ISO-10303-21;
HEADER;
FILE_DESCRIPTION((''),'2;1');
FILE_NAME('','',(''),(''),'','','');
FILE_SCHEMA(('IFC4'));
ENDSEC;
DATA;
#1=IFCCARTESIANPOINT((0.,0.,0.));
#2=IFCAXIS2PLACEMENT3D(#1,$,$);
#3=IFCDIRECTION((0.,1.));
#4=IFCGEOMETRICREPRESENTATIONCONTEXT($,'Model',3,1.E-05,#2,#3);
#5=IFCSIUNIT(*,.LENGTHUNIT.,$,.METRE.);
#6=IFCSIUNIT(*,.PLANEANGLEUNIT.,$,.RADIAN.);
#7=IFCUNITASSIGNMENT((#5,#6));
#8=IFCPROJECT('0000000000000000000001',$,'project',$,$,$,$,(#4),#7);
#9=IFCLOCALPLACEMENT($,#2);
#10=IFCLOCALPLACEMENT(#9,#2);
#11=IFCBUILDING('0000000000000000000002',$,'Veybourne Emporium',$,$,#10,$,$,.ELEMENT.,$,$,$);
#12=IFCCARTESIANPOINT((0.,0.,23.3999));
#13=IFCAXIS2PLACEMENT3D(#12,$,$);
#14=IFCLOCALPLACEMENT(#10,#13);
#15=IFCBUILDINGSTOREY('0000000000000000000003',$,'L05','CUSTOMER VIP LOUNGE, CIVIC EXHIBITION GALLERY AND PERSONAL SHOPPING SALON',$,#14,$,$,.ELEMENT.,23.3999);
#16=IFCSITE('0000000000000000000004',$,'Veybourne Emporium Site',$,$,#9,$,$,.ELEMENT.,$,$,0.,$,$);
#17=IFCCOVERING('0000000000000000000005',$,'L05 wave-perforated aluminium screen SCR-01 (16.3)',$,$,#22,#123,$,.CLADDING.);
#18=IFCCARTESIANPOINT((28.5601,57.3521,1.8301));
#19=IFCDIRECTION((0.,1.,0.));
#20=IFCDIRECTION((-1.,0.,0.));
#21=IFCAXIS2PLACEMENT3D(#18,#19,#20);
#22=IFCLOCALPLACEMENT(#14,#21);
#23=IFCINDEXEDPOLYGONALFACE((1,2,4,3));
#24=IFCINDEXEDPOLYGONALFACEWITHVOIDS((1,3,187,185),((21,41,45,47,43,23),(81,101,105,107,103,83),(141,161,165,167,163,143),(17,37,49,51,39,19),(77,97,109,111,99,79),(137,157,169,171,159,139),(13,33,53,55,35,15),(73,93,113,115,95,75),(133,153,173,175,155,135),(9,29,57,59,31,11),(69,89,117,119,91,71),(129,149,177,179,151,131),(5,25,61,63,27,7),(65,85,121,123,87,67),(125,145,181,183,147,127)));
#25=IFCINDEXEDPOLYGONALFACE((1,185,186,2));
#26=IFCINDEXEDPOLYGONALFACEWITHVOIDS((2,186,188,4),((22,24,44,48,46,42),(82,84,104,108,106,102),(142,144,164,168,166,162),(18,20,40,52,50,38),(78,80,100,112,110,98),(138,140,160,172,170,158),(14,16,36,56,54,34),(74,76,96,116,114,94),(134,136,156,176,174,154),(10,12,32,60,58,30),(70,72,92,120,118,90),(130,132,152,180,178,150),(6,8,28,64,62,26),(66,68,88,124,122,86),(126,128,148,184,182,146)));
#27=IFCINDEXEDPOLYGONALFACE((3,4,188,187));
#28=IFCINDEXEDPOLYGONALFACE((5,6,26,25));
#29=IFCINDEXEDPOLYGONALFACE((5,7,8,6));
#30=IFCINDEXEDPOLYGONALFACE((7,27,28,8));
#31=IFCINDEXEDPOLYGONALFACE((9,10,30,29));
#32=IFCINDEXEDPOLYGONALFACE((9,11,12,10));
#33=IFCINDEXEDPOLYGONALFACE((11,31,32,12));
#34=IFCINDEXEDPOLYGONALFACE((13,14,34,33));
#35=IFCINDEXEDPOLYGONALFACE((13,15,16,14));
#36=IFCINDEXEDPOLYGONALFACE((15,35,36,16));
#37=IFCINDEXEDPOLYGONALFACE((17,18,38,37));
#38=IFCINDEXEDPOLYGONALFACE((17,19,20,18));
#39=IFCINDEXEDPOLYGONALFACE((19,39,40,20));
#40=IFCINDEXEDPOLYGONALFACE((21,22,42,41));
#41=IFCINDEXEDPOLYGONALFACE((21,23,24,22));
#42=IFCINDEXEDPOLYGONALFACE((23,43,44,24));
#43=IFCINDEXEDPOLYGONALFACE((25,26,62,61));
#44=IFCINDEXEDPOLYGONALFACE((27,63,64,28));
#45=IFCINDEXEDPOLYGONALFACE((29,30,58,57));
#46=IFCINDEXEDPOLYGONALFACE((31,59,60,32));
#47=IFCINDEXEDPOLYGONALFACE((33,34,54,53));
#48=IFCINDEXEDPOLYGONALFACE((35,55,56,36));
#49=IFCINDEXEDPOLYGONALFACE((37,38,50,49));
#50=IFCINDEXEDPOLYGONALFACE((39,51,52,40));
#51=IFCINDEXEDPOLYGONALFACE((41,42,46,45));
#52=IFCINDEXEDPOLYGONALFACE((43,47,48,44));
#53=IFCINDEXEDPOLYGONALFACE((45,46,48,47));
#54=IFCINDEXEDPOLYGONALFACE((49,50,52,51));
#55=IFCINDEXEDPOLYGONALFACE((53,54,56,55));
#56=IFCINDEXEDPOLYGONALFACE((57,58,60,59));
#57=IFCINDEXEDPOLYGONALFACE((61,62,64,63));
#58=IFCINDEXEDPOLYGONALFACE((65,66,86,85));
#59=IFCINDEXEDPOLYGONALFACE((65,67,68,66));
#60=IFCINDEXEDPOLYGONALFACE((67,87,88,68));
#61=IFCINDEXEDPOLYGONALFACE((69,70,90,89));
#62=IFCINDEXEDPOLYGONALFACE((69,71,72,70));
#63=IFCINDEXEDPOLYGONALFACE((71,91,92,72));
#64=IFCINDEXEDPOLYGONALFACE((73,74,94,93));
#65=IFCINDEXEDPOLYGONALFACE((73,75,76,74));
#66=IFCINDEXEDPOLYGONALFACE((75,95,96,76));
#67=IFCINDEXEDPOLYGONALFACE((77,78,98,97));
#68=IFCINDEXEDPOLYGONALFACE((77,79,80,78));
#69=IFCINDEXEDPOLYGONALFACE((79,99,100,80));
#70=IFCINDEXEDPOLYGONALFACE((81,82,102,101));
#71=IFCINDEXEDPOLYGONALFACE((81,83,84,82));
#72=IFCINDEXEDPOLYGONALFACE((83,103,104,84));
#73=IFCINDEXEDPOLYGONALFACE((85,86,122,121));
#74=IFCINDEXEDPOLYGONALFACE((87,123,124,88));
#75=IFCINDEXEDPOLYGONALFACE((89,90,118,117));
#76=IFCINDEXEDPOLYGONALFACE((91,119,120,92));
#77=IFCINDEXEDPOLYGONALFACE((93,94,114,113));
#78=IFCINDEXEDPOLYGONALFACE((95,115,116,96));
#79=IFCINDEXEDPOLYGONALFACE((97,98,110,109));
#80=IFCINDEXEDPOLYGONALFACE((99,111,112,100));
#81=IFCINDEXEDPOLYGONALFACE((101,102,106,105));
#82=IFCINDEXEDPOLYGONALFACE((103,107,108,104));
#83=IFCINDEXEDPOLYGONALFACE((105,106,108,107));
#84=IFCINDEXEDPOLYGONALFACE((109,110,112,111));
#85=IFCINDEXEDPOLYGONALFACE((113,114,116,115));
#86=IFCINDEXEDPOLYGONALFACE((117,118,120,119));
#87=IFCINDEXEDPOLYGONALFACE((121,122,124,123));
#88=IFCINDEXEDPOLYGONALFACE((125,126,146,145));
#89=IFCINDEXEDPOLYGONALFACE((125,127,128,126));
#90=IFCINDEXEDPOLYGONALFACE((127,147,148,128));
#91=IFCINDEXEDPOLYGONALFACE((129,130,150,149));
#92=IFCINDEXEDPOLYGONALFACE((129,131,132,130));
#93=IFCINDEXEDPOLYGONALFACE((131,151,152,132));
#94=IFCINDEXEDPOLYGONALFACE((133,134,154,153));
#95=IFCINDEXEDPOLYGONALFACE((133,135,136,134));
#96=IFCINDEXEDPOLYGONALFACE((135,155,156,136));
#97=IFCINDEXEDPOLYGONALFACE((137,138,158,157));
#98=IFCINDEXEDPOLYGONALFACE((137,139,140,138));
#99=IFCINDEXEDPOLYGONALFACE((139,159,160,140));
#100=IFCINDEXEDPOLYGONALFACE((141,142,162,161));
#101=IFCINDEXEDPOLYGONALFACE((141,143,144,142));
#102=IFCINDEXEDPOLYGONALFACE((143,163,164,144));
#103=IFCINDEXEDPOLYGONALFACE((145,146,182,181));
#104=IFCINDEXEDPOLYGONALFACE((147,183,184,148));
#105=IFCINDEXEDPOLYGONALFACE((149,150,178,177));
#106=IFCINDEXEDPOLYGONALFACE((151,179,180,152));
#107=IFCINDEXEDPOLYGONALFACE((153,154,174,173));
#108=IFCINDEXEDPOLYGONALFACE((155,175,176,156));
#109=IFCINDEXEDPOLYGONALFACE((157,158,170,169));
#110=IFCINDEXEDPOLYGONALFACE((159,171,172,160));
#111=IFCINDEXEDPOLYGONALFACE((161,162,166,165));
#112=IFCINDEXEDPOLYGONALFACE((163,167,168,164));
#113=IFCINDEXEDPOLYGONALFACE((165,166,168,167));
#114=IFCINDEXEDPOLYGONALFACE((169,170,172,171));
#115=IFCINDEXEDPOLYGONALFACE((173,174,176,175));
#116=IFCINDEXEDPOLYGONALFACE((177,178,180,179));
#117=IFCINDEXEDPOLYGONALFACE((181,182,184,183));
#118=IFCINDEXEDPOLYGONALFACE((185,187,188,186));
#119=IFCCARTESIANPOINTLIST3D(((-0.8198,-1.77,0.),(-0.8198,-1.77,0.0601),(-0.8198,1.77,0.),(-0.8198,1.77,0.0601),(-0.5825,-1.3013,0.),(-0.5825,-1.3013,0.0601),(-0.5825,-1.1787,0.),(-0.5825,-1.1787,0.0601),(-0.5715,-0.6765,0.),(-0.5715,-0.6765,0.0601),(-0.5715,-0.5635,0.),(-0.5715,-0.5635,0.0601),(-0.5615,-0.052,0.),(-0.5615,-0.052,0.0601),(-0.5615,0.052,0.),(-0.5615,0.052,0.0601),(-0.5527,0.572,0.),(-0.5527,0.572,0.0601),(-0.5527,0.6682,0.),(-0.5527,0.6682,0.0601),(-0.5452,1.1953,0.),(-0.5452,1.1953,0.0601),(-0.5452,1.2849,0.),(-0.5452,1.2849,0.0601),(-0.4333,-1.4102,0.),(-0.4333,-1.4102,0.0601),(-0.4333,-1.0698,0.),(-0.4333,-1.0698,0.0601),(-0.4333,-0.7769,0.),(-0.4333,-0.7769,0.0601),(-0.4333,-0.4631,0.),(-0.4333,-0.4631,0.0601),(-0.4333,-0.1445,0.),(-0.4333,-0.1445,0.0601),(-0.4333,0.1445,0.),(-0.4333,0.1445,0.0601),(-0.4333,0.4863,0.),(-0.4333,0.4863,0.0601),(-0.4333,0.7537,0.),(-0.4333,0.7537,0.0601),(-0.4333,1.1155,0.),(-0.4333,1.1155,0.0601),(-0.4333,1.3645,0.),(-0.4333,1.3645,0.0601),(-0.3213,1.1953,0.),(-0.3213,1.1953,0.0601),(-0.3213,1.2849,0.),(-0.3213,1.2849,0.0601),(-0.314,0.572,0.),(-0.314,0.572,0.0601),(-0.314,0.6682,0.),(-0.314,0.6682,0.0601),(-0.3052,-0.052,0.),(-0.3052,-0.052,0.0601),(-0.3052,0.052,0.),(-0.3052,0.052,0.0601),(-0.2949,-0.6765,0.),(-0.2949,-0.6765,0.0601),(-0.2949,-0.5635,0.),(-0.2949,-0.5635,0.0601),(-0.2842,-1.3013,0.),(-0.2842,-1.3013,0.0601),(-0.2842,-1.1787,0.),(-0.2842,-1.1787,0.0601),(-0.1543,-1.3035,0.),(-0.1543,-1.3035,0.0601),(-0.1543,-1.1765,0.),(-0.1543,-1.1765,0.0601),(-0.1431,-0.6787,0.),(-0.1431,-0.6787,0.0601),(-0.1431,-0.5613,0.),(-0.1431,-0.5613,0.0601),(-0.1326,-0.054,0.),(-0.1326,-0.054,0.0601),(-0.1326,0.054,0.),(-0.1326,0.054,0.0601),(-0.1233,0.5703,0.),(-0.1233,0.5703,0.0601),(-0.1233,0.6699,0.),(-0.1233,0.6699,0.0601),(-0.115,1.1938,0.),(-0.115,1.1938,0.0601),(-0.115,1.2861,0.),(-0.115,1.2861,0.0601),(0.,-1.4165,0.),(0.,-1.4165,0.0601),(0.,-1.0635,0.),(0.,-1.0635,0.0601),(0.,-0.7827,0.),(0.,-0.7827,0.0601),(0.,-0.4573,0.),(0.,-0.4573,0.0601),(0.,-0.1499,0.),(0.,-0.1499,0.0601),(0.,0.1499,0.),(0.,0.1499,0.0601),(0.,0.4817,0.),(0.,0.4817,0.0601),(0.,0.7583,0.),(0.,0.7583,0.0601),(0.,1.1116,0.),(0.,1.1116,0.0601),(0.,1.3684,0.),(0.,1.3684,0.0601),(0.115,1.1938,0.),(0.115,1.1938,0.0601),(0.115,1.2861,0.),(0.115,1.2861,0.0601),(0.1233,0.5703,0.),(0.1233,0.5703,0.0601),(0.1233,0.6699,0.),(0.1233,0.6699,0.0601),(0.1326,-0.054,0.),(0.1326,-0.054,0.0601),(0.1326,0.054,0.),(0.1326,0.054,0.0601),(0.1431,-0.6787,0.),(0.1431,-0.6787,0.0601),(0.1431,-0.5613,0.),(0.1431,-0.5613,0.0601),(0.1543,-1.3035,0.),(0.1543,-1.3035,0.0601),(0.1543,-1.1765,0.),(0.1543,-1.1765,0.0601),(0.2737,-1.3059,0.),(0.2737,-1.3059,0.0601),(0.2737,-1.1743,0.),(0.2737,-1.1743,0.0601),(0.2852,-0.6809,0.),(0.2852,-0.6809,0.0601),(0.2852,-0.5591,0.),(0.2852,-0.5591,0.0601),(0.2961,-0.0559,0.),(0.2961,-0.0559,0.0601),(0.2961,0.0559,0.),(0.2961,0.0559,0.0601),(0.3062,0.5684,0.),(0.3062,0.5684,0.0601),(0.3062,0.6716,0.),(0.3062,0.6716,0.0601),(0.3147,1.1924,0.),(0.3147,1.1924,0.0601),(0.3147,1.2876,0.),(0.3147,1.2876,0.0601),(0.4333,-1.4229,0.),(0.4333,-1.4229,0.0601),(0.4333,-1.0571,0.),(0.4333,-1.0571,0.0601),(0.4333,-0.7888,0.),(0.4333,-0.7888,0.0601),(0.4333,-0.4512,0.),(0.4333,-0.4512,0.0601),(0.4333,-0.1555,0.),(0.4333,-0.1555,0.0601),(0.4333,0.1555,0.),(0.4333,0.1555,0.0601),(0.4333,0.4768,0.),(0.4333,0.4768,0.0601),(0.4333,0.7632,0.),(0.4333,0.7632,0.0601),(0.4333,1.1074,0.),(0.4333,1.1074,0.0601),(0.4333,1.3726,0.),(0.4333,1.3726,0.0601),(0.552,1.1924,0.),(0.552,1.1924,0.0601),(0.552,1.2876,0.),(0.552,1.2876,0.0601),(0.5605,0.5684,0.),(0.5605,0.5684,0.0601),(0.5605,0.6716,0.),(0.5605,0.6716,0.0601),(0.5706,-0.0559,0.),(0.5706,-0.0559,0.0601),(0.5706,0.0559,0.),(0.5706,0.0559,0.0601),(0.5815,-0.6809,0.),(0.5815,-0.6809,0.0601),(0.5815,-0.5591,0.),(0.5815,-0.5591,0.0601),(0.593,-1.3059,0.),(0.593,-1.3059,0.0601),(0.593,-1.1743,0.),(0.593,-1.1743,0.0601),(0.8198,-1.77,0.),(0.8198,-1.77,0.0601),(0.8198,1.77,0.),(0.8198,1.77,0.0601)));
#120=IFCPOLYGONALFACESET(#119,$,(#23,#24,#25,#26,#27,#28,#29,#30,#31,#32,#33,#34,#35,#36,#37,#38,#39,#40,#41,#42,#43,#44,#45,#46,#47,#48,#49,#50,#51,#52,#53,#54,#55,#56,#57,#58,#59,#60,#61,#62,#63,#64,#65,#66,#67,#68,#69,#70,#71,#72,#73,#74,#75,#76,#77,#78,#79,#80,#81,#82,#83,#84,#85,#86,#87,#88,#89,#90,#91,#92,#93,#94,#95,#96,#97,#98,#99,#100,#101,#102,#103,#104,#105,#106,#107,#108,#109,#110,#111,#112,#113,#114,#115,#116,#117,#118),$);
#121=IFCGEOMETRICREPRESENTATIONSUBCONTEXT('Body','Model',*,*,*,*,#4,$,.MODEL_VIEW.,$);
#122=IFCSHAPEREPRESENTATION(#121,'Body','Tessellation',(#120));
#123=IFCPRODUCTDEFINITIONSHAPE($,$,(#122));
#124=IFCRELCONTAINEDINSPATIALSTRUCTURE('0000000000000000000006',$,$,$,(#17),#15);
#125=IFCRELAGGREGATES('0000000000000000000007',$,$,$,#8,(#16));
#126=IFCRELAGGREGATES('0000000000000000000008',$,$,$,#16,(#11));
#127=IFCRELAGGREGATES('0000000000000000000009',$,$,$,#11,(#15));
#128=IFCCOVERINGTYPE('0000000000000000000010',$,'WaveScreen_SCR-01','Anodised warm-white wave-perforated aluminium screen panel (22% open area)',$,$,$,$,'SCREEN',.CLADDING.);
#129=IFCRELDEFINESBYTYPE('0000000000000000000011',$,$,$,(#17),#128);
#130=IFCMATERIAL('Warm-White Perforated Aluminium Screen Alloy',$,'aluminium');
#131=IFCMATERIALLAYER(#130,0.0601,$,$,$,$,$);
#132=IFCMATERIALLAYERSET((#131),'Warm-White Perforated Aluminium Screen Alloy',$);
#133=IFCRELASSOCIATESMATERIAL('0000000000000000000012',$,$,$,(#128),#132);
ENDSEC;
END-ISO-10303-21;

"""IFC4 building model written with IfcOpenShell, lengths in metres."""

from ifc_helpers import new_model, si_unit, direction, frame, origin, place, context, subcontext, project, spatial, polyline, outline, extrude, material, layer, layer_set, type_object, element, save


model = new_model("IFC4")

# Units and contexts
model_context = context("Model", 3, precision=1e-05, world=origin(), true_north=direction((0.0, 1.0)))
body_context = subcontext(model_context, "Body", "Model", "MODEL_VIEW")
ifc_project = project(units=[si_unit("LENGTHUNIT", "METRE"), si_unit("PLANEANGLEUNIT", "RADIAN")], contexts=[model_context])

# Site, building, storey
site_placement = place(None, origin())
site = spatial("IfcSite", under=ifc_project, at=site_placement, Name="Veybourne Emporium Site", CompositionType="ELEMENT", RefElevation=0.0)
building_placement = place(site_placement, origin())
building = spatial("IfcBuilding", under=site, at=building_placement, Name="Veybourne Emporium", CompositionType="ELEMENT")
storey_placement = place(building_placement, frame((0.0, 0.0, 23.3999)))
storey = spatial("IfcBuildingStorey", under=building, at=storey_placement, Name="L05", Description="CUSTOMER VIP LOUNGE, CIVIC EXHIBITION GALLERY AND PERSONAL SHOPPING SALON", CompositionType="ELEMENT", Elevation=23.3999)

# Covering
ifc_material_1 = material(Name="Warm-White Perforated Aluminium Screen Alloy", Category="aluminium")
ifc_layer_1 = layer(ifc_material_1, 0.0601)
ifc_layer_set_1 = layer_set([ifc_layer_1], Name="Warm-White Perforated Aluminium Screen Alloy")
covering_type_1 = type_object("IfcCoveringType", Name="WaveScreen_SCR-01", Description="Anodised warm-white wave-perforated aluminium screen panel (22% open area)", ElementType="SCREEN", PredefinedType="CLADDING", material=ifc_layer_set_1)
covering_1_placement = place(storey_placement, frame((28.5601, 57.3521, 1.8301), z_axis=(0.0, 1.0, 0.0), x_axis=(-1.0, 0.0, 0.0)))
element("IfcCovering", 1, at=covering_1_placement, inside=storey, type_object=covering_type_1, Name="L05 wave-perforated aluminium screen SCR-01 (16.3)", PredefinedType="CLADDING", context=body_context, shape_type="SweptSolid", body=[
    extrude(outline(polyline([(-0.8198, -1.77), (0.8198, -1.77), (0.8198, 1.77), (-0.8198, 1.77), (-0.8198, -1.77)]), holes=[polyline([(-0.4333, -1.0698), (-0.2842, -1.1787), (-0.2842, -1.3013), (-0.4333, -1.4102), (-0.5825, -1.3013), (-0.5825, -1.1787), (-0.4333, -1.0698)]), polyline([(-0.4333, -0.4631), (-0.2949, -0.5635), (-0.2949, -0.6765), (-0.4333, -0.7769), (-0.5715, -0.6765), (-0.5715, -0.5635), (-0.4333, -0.4631)]), polyline([(-0.4333, 0.1445), (-0.3052, 0.052), (-0.3052, -0.052), (-0.4333, -0.1445), (-0.5615, -0.052), (-0.5615, 0.052), (-0.4333, 0.1445)]), polyline([(-0.4333, 0.7537), (-0.314, 0.6682), (-0.314, 0.572), (-0.4333, 0.4863), (-0.5527, 0.572), (-0.5527, 0.6682), (-0.4333, 0.7537)]), polyline([(-0.4333, 1.3645), (-0.3213, 1.2849), (-0.3213, 1.1953), (-0.4333, 1.1155), (-0.5452, 1.1953), (-0.5452, 1.2849), (-0.4333, 1.3645)]), polyline([(0.0, -1.0635), (0.1543, -1.1765), (0.1543, -1.3035), (0.0, -1.4165), (-0.1543, -1.3035), (-0.1543, -1.1765), (0.0, -1.0635)]), polyline([(0.0, -0.4573), (0.1431, -0.5613), (0.1431, -0.6787), (0.0, -0.7827), (-0.1431, -0.6787), (-0.1431, -0.5613), (0.0, -0.4573)]), polyline([(0.0, 0.1499), (0.1326, 0.054), (0.1326, -0.054), (0.0, -0.1499), (-0.1326, -0.054), (-0.1326, 0.054), (0.0, 0.1499)]), polyline([(0.0, 0.7583), (0.1233, 0.6699), (0.1233, 0.5703), (0.0, 0.4817), (-0.1233, 0.5703), (-0.1233, 0.6699), (0.0, 0.7583)]), polyline([(0.0, 1.3684), (0.115, 1.2861), (0.115, 1.1938), (0.0, 1.1116), (-0.115, 1.1938), (-0.115, 1.2861), (0.0, 1.3684)]), polyline([(0.4333, -1.0571), (0.593, -1.1743), (0.593, -1.3059), (0.4333, -1.4229), (0.2737, -1.3059), (0.2737, -1.1743), (0.4333, -1.0571)]), polyline([(0.4333, -0.4512), (0.5815, -0.5591), (0.5815, -0.6809), (0.4333, -0.7888), (0.2852, -0.6809), (0.2852, -0.5591), (0.4333, -0.4512)]), polyline([(0.4333, 0.1555), (0.5706, 0.0559), (0.5706, -0.0559), (0.4333, -0.1555), (0.2961, -0.0559), (0.2961, 0.0559), (0.4333, 0.1555)]), polyline([(0.4333, 0.7632), (0.5605, 0.6716), (0.5605, 0.5684), (0.4333, 0.4768), (0.3062, 0.5684), (0.3062, 0.6716), (0.4333, 0.7632)]), polyline([(0.4333, 1.3726), (0.552, 1.2876), (0.552, 1.1924), (0.4333, 1.1074), (0.3147, 1.1924), (0.3147, 1.2876), (0.4333, 1.3726)])]), origin(), (0.0, 0.0, 1.0), 0.0601),
])

save(model, "model.ifc")
